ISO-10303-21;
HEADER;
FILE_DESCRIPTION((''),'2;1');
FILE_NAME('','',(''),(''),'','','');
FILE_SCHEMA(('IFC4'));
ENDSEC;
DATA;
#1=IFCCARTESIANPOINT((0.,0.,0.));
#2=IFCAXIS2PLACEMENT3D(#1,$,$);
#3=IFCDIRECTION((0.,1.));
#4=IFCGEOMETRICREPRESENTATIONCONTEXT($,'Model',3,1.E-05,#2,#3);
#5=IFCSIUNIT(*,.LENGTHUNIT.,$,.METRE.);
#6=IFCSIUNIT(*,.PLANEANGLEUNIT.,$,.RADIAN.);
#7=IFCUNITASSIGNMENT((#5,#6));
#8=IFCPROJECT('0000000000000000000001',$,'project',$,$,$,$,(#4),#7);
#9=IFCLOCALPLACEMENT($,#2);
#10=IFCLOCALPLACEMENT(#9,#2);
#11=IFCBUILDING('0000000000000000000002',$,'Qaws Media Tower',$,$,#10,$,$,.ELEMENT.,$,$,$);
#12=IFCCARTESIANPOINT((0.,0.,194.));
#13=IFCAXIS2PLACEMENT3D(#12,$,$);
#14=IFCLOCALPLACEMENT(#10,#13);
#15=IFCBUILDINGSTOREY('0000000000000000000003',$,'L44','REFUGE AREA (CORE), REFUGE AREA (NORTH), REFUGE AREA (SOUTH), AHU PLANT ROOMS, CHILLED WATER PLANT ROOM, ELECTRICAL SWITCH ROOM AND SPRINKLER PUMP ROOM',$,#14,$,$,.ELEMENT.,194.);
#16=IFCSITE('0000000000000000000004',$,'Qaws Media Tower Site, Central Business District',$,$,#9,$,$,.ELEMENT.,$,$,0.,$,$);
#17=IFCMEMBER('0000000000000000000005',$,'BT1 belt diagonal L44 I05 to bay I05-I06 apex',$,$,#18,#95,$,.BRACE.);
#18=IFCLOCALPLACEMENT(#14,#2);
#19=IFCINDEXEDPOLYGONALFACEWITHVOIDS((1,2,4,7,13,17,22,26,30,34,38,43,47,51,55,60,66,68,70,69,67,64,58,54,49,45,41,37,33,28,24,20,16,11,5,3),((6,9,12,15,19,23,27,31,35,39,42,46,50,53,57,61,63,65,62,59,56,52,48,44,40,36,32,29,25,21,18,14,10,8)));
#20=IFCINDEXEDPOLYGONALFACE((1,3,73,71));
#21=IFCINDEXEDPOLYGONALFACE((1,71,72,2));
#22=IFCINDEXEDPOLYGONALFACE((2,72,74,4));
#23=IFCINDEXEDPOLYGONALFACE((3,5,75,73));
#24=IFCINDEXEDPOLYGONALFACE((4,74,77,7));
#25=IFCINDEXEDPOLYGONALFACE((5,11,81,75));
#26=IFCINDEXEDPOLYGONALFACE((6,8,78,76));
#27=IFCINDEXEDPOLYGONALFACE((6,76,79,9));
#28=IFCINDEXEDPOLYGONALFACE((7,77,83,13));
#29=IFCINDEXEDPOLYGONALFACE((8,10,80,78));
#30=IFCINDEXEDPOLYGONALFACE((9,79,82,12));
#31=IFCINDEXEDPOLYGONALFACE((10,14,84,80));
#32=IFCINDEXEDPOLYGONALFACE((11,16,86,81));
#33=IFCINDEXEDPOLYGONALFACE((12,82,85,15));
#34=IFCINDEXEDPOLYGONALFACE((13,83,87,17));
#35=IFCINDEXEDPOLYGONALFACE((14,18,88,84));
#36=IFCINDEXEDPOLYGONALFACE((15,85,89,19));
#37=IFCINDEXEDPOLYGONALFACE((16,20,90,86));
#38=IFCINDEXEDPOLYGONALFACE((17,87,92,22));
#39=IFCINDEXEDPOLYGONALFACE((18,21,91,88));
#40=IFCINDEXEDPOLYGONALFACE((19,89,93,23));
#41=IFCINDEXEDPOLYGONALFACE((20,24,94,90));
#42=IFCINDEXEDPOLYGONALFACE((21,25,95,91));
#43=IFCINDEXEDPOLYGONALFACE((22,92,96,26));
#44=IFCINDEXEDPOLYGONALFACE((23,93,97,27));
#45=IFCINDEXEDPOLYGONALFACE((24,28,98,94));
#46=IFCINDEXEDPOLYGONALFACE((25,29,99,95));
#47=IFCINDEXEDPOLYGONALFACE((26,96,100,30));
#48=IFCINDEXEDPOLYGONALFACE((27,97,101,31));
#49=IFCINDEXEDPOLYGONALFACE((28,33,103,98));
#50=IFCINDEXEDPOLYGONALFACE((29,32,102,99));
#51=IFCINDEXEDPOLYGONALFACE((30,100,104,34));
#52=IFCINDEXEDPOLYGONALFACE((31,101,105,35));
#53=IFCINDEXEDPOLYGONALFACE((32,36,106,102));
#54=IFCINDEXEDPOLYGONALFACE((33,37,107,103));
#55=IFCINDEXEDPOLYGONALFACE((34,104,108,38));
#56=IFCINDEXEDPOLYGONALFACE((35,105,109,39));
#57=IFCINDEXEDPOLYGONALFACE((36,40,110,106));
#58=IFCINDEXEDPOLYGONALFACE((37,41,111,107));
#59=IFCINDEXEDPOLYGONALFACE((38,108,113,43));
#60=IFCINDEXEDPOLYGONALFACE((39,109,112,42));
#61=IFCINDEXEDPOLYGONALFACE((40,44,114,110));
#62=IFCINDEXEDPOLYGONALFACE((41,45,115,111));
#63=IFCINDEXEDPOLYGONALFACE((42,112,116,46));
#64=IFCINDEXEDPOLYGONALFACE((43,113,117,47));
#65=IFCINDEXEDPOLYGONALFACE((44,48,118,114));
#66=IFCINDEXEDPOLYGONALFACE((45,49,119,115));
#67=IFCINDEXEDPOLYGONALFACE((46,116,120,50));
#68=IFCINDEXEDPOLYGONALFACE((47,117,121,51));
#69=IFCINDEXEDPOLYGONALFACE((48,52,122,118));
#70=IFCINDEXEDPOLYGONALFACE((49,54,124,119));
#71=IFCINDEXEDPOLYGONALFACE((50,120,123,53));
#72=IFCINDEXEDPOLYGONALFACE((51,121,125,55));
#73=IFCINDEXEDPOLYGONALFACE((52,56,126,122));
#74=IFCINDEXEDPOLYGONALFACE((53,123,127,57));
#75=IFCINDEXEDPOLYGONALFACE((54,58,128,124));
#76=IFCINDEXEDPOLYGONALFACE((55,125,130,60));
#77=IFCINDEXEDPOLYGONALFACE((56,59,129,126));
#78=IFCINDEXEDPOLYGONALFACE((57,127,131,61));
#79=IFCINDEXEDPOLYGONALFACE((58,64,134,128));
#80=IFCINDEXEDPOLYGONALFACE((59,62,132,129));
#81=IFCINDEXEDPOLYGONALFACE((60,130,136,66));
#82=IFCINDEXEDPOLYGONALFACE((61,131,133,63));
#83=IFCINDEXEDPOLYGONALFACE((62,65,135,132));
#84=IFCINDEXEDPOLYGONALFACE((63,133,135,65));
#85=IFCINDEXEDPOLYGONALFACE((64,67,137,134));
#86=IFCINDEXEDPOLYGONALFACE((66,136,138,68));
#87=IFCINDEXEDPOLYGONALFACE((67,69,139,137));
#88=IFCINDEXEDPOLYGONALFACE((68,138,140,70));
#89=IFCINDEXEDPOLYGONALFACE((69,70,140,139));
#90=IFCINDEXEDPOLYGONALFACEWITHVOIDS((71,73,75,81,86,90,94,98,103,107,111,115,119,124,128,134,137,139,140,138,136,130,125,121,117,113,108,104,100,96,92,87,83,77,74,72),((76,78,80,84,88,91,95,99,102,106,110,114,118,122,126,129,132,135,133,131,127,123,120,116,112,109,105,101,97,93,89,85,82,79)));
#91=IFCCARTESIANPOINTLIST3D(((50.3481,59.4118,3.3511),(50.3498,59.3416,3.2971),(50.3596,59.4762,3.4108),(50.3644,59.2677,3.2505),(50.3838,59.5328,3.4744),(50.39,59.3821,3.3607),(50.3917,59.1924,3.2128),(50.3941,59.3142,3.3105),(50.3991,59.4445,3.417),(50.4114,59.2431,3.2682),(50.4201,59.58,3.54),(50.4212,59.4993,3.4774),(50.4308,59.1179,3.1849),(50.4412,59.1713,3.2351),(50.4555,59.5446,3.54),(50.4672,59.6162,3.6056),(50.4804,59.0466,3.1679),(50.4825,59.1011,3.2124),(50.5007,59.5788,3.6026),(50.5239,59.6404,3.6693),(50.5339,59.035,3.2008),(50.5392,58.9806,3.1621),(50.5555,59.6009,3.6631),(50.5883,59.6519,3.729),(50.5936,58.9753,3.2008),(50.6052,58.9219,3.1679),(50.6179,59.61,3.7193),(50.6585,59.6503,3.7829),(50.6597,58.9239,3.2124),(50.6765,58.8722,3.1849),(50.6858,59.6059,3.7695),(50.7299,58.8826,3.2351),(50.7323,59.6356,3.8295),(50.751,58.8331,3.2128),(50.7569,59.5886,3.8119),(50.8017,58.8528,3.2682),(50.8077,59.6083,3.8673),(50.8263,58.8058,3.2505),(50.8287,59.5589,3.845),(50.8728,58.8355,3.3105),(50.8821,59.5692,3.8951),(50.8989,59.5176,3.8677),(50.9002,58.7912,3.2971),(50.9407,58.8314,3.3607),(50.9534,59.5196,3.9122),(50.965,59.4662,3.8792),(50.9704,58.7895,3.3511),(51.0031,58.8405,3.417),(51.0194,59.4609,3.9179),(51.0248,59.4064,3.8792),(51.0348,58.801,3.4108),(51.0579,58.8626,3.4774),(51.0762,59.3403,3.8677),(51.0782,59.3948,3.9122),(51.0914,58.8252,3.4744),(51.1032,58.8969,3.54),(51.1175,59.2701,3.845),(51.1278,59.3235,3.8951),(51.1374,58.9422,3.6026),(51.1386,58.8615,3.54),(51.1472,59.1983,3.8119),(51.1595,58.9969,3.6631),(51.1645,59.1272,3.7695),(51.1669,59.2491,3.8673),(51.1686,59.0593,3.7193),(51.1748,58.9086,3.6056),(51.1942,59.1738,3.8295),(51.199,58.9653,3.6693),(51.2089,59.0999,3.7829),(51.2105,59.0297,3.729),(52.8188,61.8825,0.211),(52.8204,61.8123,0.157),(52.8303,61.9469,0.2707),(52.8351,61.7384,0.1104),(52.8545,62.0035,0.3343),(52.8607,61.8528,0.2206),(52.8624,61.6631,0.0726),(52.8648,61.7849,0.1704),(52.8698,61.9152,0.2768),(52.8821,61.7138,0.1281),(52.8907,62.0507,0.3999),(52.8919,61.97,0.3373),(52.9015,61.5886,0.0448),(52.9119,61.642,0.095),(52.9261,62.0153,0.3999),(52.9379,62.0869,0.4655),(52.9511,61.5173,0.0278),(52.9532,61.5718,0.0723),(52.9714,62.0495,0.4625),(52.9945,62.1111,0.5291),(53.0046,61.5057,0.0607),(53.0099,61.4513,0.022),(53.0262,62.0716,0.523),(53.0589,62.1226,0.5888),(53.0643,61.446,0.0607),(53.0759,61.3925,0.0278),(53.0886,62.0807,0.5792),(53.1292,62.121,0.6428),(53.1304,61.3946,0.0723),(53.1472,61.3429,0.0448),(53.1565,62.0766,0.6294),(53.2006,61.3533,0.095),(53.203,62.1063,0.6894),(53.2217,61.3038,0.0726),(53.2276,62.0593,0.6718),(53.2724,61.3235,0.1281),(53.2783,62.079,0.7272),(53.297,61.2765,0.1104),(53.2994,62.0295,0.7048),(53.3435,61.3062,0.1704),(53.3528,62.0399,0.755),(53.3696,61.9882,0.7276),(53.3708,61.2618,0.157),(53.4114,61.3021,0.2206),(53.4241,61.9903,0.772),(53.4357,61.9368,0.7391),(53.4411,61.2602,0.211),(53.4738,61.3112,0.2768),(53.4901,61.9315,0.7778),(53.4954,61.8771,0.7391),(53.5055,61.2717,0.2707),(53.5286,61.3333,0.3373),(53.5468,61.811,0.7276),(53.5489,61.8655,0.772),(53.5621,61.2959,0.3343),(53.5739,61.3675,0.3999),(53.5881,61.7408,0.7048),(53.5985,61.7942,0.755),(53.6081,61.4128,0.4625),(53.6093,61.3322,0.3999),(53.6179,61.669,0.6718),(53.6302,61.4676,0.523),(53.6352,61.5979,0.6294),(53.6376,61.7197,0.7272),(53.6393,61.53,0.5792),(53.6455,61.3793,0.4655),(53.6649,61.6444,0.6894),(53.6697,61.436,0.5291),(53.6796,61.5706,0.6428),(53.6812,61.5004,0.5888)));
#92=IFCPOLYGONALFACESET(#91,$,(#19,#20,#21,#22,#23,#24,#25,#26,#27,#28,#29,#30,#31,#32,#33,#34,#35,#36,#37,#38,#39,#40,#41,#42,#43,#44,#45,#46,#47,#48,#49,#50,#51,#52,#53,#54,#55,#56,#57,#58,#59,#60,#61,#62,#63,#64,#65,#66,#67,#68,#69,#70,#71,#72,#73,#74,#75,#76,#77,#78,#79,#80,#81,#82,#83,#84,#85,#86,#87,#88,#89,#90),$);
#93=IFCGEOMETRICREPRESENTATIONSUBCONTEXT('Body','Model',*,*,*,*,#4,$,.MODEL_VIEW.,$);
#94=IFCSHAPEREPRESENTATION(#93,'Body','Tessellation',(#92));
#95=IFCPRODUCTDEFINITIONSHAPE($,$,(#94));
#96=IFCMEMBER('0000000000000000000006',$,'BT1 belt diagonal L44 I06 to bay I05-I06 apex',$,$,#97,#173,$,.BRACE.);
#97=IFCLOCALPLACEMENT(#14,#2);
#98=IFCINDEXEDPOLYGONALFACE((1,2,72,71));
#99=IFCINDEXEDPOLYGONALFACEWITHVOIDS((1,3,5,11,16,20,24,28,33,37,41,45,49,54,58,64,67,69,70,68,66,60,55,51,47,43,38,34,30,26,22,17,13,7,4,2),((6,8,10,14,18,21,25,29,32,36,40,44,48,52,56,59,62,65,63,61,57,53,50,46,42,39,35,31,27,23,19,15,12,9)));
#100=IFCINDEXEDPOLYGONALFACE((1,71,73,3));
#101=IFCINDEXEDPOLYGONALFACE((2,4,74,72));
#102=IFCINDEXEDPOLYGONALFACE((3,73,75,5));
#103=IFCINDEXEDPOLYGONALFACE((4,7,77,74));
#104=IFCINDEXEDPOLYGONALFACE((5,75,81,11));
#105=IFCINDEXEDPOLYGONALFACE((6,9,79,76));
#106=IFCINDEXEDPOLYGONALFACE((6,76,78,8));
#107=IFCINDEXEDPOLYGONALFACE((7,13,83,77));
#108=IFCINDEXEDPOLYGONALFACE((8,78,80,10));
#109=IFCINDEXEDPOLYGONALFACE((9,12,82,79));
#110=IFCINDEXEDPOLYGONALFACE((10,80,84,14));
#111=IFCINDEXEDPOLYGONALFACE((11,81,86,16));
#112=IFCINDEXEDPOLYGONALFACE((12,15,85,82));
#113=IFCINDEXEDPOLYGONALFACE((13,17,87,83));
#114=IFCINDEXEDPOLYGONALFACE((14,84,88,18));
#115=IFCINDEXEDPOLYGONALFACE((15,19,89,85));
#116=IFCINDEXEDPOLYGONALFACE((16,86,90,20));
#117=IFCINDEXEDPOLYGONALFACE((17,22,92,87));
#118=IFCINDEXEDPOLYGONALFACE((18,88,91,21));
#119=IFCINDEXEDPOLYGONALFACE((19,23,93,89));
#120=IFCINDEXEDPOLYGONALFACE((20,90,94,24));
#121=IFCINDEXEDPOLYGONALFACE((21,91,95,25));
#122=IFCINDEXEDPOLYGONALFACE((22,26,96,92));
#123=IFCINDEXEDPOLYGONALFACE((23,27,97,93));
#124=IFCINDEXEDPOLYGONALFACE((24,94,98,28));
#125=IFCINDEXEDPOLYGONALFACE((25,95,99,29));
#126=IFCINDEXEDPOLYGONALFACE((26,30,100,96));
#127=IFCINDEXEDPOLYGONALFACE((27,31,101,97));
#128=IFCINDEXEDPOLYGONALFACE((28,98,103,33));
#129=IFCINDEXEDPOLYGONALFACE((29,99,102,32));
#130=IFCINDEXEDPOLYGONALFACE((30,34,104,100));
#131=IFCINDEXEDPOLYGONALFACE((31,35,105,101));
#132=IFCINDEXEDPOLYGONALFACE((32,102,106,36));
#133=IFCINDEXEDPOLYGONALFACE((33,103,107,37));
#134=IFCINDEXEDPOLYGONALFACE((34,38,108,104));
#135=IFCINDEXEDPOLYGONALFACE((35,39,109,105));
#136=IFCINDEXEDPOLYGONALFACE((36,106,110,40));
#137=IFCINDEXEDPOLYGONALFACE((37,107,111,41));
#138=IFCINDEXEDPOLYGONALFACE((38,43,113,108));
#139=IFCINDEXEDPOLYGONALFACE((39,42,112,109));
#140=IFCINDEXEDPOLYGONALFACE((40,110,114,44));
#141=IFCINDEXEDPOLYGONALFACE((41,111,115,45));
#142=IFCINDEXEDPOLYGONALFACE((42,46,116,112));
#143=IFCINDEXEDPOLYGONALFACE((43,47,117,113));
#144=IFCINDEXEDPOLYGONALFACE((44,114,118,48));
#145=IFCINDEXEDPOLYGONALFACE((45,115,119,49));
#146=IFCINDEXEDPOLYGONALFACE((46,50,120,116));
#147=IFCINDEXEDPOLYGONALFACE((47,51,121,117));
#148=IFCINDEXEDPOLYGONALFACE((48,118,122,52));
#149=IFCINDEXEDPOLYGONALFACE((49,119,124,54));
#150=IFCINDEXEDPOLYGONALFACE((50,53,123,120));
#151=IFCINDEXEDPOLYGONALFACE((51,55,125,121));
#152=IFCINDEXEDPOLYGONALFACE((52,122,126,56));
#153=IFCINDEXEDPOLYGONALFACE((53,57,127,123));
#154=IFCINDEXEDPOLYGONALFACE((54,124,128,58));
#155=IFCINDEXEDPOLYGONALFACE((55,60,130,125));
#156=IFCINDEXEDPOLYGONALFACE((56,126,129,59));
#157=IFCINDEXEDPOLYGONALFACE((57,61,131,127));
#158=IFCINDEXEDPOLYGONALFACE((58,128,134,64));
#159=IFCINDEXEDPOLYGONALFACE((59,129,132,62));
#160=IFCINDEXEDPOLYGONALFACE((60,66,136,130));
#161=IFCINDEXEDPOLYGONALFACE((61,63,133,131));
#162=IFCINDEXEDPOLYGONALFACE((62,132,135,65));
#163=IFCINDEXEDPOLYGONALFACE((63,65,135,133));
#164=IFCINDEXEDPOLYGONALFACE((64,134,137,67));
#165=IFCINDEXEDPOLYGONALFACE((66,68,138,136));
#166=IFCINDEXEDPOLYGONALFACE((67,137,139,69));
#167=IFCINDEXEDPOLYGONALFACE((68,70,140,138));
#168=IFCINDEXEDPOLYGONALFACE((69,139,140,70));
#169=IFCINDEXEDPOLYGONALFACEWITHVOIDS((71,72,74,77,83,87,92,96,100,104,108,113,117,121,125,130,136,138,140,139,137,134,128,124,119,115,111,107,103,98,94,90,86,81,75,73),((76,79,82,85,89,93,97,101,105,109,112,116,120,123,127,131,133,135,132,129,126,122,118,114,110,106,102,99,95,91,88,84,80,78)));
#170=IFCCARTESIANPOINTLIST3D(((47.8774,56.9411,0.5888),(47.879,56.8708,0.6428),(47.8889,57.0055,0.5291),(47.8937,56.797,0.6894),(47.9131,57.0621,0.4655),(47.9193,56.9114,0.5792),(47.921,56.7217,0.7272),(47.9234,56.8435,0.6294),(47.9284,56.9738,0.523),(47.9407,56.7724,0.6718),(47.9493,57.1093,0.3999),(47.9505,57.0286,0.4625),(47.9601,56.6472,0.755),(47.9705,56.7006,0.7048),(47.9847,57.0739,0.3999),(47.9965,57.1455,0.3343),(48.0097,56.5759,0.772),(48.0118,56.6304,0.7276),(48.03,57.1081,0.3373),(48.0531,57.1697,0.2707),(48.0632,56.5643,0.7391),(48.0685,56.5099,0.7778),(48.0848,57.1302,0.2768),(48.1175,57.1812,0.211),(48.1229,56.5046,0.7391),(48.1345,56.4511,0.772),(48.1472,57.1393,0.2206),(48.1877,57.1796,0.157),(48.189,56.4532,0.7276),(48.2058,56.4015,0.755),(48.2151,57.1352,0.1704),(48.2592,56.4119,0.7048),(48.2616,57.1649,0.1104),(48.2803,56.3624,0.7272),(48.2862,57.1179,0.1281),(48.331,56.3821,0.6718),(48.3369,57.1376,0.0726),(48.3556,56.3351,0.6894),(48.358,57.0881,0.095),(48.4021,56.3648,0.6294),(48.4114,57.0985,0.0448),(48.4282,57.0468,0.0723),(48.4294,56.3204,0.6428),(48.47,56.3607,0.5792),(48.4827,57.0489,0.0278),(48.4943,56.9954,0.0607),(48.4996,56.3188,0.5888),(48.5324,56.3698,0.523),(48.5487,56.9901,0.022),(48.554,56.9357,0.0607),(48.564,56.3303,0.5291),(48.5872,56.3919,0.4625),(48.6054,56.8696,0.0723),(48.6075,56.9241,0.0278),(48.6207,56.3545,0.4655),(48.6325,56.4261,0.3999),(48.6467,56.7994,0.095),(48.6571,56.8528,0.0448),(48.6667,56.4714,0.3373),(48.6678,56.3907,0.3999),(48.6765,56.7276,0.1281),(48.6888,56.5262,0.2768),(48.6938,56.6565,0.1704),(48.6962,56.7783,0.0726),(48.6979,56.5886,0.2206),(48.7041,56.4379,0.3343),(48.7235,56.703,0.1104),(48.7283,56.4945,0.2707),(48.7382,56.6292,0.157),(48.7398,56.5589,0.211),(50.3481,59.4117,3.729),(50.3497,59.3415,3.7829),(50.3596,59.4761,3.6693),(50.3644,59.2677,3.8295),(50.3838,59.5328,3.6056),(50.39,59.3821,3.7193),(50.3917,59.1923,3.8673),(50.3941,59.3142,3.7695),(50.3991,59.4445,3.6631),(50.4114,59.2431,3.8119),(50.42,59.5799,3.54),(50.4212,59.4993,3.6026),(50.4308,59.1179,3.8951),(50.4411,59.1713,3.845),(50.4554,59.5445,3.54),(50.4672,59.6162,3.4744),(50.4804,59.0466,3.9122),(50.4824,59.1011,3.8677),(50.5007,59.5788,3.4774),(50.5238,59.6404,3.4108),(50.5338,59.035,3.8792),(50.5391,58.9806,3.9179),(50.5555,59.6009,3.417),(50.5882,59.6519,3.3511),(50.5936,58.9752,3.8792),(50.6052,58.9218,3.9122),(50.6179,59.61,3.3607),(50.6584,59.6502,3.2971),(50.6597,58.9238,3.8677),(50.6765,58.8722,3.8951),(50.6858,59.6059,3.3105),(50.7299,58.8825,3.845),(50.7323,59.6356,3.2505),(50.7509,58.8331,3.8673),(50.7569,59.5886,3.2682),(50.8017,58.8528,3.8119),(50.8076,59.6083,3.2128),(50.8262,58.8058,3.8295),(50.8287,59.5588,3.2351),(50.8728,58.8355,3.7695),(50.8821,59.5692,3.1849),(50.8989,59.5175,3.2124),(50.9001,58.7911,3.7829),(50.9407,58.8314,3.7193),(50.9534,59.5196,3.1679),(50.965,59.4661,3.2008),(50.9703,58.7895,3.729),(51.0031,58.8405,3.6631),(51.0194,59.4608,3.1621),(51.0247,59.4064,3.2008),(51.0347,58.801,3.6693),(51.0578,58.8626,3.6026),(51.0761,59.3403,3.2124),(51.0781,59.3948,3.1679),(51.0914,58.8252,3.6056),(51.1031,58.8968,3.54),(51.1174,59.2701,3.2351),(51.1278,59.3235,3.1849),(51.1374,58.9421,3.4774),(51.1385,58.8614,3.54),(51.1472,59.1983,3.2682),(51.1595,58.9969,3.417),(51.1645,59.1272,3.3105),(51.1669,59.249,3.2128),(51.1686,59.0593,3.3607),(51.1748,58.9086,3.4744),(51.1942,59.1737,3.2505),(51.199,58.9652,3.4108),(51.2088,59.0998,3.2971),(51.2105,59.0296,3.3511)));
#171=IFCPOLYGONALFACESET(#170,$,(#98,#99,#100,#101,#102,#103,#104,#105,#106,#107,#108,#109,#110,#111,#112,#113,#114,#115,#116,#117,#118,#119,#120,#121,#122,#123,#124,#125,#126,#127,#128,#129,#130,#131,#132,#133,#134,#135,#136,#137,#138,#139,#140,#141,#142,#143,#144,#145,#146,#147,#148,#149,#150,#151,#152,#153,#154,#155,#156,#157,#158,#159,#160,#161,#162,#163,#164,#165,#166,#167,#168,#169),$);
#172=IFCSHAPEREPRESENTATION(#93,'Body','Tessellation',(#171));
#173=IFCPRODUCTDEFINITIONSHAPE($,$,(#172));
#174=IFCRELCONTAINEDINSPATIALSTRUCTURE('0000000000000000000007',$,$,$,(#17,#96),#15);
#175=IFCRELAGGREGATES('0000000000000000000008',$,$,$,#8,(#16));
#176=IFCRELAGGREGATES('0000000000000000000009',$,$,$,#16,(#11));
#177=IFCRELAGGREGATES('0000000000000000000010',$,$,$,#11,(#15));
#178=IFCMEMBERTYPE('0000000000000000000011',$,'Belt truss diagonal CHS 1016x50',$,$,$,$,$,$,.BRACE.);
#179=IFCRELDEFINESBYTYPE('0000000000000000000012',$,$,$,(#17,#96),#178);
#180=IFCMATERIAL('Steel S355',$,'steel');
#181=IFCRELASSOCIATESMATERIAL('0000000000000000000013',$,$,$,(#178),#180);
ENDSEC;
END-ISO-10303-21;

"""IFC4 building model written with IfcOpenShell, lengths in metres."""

from ifc_helpers import new_model, si_unit, direction, frame, origin, origin_2d, place, context, subcontext, project, spatial, hollow_circle, extrude, material, material_profile, profile_set, type_object, element, save


model = new_model("IFC4")

# Units and contexts
model_context = context("Model", 3, precision=1e-05, world=origin(), true_north=direction((0.0, 1.0)))
body_context = subcontext(model_context, "Body", "Model", "MODEL_VIEW")
ifc_project = project(units=[si_unit("LENGTHUNIT", "METRE"), si_unit("PLANEANGLEUNIT", "RADIAN")], contexts=[model_context])

# Site, building, storey
site_placement = place(None, origin())
site = spatial("IfcSite", under=ifc_project, at=site_placement, Name="Qaws Media Tower Site, Central Business District", CompositionType="ELEMENT", RefElevation=0.0)
building_placement = place(site_placement, origin())
building = spatial("IfcBuilding", under=site, at=building_placement, Name="Qaws Media Tower", CompositionType="ELEMENT")
storey_placement = place(building_placement, frame((0.0, 0.0, 194.0)))
storey = spatial("IfcBuildingStorey", under=building, at=storey_placement, Name="L44", Description="REFUGE AREA (CORE), REFUGE AREA (NORTH), REFUGE AREA (SOUTH), AHU PLANT ROOMS, CHILLED WATER PLANT ROOM, ELECTRICAL SWITCH ROOM AND SPRINKLER PUMP ROOM", CompositionType="ELEMENT", Elevation=194.0)

# Members
ifc_material_1 = material(Name="Steel S355", Category="steel")
ifc_material_profile_1 = material_profile(ifc_material_1, hollow_circle(Radius=0.5081, WallThickness=0.05, at=origin_2d()), Name="CHS 1016x50")
ifc_profile_set_1 = profile_set([ifc_material_profile_1], Name="Steel S355")
member_type_1 = type_object("IfcMemberType", Name="Belt truss diagonal CHS 1016x50", PredefinedType="BRACE", material=ifc_profile_set_1)
for number, where, z_axis, x_axis, name in (
    (1, (53.25, 61.6914, 0.3999), (-0.525929, -0.525929, 0.668429), (0.707107, -0.707107, 0.0), "BT1 belt diagonal L44 I05 to bay I05-I06 apex"),
    (2, (48.3086, 56.75, 0.3999), (0.525929, 0.525929, 0.668429), (-0.707107, 0.707107, 0.0), "BT1 belt diagonal L44 I06 to bay I05-I06 apex"),
):
    element("IfcMember", number, at=place(storey_placement, frame(where, z_axis=z_axis, x_axis=x_axis)), inside=storey, type_object=member_type_1, Name=name, PredefinedType="BRACE", context=body_context, shape_type="SweptSolid", body=[
        extrude(hollow_circle(Radius=0.5081, WallThickness=0.05, at=origin_2d()), origin(), (0.0, 0.0, 1.0), 4.6978),
    ])

save(model, "model.ifc")
